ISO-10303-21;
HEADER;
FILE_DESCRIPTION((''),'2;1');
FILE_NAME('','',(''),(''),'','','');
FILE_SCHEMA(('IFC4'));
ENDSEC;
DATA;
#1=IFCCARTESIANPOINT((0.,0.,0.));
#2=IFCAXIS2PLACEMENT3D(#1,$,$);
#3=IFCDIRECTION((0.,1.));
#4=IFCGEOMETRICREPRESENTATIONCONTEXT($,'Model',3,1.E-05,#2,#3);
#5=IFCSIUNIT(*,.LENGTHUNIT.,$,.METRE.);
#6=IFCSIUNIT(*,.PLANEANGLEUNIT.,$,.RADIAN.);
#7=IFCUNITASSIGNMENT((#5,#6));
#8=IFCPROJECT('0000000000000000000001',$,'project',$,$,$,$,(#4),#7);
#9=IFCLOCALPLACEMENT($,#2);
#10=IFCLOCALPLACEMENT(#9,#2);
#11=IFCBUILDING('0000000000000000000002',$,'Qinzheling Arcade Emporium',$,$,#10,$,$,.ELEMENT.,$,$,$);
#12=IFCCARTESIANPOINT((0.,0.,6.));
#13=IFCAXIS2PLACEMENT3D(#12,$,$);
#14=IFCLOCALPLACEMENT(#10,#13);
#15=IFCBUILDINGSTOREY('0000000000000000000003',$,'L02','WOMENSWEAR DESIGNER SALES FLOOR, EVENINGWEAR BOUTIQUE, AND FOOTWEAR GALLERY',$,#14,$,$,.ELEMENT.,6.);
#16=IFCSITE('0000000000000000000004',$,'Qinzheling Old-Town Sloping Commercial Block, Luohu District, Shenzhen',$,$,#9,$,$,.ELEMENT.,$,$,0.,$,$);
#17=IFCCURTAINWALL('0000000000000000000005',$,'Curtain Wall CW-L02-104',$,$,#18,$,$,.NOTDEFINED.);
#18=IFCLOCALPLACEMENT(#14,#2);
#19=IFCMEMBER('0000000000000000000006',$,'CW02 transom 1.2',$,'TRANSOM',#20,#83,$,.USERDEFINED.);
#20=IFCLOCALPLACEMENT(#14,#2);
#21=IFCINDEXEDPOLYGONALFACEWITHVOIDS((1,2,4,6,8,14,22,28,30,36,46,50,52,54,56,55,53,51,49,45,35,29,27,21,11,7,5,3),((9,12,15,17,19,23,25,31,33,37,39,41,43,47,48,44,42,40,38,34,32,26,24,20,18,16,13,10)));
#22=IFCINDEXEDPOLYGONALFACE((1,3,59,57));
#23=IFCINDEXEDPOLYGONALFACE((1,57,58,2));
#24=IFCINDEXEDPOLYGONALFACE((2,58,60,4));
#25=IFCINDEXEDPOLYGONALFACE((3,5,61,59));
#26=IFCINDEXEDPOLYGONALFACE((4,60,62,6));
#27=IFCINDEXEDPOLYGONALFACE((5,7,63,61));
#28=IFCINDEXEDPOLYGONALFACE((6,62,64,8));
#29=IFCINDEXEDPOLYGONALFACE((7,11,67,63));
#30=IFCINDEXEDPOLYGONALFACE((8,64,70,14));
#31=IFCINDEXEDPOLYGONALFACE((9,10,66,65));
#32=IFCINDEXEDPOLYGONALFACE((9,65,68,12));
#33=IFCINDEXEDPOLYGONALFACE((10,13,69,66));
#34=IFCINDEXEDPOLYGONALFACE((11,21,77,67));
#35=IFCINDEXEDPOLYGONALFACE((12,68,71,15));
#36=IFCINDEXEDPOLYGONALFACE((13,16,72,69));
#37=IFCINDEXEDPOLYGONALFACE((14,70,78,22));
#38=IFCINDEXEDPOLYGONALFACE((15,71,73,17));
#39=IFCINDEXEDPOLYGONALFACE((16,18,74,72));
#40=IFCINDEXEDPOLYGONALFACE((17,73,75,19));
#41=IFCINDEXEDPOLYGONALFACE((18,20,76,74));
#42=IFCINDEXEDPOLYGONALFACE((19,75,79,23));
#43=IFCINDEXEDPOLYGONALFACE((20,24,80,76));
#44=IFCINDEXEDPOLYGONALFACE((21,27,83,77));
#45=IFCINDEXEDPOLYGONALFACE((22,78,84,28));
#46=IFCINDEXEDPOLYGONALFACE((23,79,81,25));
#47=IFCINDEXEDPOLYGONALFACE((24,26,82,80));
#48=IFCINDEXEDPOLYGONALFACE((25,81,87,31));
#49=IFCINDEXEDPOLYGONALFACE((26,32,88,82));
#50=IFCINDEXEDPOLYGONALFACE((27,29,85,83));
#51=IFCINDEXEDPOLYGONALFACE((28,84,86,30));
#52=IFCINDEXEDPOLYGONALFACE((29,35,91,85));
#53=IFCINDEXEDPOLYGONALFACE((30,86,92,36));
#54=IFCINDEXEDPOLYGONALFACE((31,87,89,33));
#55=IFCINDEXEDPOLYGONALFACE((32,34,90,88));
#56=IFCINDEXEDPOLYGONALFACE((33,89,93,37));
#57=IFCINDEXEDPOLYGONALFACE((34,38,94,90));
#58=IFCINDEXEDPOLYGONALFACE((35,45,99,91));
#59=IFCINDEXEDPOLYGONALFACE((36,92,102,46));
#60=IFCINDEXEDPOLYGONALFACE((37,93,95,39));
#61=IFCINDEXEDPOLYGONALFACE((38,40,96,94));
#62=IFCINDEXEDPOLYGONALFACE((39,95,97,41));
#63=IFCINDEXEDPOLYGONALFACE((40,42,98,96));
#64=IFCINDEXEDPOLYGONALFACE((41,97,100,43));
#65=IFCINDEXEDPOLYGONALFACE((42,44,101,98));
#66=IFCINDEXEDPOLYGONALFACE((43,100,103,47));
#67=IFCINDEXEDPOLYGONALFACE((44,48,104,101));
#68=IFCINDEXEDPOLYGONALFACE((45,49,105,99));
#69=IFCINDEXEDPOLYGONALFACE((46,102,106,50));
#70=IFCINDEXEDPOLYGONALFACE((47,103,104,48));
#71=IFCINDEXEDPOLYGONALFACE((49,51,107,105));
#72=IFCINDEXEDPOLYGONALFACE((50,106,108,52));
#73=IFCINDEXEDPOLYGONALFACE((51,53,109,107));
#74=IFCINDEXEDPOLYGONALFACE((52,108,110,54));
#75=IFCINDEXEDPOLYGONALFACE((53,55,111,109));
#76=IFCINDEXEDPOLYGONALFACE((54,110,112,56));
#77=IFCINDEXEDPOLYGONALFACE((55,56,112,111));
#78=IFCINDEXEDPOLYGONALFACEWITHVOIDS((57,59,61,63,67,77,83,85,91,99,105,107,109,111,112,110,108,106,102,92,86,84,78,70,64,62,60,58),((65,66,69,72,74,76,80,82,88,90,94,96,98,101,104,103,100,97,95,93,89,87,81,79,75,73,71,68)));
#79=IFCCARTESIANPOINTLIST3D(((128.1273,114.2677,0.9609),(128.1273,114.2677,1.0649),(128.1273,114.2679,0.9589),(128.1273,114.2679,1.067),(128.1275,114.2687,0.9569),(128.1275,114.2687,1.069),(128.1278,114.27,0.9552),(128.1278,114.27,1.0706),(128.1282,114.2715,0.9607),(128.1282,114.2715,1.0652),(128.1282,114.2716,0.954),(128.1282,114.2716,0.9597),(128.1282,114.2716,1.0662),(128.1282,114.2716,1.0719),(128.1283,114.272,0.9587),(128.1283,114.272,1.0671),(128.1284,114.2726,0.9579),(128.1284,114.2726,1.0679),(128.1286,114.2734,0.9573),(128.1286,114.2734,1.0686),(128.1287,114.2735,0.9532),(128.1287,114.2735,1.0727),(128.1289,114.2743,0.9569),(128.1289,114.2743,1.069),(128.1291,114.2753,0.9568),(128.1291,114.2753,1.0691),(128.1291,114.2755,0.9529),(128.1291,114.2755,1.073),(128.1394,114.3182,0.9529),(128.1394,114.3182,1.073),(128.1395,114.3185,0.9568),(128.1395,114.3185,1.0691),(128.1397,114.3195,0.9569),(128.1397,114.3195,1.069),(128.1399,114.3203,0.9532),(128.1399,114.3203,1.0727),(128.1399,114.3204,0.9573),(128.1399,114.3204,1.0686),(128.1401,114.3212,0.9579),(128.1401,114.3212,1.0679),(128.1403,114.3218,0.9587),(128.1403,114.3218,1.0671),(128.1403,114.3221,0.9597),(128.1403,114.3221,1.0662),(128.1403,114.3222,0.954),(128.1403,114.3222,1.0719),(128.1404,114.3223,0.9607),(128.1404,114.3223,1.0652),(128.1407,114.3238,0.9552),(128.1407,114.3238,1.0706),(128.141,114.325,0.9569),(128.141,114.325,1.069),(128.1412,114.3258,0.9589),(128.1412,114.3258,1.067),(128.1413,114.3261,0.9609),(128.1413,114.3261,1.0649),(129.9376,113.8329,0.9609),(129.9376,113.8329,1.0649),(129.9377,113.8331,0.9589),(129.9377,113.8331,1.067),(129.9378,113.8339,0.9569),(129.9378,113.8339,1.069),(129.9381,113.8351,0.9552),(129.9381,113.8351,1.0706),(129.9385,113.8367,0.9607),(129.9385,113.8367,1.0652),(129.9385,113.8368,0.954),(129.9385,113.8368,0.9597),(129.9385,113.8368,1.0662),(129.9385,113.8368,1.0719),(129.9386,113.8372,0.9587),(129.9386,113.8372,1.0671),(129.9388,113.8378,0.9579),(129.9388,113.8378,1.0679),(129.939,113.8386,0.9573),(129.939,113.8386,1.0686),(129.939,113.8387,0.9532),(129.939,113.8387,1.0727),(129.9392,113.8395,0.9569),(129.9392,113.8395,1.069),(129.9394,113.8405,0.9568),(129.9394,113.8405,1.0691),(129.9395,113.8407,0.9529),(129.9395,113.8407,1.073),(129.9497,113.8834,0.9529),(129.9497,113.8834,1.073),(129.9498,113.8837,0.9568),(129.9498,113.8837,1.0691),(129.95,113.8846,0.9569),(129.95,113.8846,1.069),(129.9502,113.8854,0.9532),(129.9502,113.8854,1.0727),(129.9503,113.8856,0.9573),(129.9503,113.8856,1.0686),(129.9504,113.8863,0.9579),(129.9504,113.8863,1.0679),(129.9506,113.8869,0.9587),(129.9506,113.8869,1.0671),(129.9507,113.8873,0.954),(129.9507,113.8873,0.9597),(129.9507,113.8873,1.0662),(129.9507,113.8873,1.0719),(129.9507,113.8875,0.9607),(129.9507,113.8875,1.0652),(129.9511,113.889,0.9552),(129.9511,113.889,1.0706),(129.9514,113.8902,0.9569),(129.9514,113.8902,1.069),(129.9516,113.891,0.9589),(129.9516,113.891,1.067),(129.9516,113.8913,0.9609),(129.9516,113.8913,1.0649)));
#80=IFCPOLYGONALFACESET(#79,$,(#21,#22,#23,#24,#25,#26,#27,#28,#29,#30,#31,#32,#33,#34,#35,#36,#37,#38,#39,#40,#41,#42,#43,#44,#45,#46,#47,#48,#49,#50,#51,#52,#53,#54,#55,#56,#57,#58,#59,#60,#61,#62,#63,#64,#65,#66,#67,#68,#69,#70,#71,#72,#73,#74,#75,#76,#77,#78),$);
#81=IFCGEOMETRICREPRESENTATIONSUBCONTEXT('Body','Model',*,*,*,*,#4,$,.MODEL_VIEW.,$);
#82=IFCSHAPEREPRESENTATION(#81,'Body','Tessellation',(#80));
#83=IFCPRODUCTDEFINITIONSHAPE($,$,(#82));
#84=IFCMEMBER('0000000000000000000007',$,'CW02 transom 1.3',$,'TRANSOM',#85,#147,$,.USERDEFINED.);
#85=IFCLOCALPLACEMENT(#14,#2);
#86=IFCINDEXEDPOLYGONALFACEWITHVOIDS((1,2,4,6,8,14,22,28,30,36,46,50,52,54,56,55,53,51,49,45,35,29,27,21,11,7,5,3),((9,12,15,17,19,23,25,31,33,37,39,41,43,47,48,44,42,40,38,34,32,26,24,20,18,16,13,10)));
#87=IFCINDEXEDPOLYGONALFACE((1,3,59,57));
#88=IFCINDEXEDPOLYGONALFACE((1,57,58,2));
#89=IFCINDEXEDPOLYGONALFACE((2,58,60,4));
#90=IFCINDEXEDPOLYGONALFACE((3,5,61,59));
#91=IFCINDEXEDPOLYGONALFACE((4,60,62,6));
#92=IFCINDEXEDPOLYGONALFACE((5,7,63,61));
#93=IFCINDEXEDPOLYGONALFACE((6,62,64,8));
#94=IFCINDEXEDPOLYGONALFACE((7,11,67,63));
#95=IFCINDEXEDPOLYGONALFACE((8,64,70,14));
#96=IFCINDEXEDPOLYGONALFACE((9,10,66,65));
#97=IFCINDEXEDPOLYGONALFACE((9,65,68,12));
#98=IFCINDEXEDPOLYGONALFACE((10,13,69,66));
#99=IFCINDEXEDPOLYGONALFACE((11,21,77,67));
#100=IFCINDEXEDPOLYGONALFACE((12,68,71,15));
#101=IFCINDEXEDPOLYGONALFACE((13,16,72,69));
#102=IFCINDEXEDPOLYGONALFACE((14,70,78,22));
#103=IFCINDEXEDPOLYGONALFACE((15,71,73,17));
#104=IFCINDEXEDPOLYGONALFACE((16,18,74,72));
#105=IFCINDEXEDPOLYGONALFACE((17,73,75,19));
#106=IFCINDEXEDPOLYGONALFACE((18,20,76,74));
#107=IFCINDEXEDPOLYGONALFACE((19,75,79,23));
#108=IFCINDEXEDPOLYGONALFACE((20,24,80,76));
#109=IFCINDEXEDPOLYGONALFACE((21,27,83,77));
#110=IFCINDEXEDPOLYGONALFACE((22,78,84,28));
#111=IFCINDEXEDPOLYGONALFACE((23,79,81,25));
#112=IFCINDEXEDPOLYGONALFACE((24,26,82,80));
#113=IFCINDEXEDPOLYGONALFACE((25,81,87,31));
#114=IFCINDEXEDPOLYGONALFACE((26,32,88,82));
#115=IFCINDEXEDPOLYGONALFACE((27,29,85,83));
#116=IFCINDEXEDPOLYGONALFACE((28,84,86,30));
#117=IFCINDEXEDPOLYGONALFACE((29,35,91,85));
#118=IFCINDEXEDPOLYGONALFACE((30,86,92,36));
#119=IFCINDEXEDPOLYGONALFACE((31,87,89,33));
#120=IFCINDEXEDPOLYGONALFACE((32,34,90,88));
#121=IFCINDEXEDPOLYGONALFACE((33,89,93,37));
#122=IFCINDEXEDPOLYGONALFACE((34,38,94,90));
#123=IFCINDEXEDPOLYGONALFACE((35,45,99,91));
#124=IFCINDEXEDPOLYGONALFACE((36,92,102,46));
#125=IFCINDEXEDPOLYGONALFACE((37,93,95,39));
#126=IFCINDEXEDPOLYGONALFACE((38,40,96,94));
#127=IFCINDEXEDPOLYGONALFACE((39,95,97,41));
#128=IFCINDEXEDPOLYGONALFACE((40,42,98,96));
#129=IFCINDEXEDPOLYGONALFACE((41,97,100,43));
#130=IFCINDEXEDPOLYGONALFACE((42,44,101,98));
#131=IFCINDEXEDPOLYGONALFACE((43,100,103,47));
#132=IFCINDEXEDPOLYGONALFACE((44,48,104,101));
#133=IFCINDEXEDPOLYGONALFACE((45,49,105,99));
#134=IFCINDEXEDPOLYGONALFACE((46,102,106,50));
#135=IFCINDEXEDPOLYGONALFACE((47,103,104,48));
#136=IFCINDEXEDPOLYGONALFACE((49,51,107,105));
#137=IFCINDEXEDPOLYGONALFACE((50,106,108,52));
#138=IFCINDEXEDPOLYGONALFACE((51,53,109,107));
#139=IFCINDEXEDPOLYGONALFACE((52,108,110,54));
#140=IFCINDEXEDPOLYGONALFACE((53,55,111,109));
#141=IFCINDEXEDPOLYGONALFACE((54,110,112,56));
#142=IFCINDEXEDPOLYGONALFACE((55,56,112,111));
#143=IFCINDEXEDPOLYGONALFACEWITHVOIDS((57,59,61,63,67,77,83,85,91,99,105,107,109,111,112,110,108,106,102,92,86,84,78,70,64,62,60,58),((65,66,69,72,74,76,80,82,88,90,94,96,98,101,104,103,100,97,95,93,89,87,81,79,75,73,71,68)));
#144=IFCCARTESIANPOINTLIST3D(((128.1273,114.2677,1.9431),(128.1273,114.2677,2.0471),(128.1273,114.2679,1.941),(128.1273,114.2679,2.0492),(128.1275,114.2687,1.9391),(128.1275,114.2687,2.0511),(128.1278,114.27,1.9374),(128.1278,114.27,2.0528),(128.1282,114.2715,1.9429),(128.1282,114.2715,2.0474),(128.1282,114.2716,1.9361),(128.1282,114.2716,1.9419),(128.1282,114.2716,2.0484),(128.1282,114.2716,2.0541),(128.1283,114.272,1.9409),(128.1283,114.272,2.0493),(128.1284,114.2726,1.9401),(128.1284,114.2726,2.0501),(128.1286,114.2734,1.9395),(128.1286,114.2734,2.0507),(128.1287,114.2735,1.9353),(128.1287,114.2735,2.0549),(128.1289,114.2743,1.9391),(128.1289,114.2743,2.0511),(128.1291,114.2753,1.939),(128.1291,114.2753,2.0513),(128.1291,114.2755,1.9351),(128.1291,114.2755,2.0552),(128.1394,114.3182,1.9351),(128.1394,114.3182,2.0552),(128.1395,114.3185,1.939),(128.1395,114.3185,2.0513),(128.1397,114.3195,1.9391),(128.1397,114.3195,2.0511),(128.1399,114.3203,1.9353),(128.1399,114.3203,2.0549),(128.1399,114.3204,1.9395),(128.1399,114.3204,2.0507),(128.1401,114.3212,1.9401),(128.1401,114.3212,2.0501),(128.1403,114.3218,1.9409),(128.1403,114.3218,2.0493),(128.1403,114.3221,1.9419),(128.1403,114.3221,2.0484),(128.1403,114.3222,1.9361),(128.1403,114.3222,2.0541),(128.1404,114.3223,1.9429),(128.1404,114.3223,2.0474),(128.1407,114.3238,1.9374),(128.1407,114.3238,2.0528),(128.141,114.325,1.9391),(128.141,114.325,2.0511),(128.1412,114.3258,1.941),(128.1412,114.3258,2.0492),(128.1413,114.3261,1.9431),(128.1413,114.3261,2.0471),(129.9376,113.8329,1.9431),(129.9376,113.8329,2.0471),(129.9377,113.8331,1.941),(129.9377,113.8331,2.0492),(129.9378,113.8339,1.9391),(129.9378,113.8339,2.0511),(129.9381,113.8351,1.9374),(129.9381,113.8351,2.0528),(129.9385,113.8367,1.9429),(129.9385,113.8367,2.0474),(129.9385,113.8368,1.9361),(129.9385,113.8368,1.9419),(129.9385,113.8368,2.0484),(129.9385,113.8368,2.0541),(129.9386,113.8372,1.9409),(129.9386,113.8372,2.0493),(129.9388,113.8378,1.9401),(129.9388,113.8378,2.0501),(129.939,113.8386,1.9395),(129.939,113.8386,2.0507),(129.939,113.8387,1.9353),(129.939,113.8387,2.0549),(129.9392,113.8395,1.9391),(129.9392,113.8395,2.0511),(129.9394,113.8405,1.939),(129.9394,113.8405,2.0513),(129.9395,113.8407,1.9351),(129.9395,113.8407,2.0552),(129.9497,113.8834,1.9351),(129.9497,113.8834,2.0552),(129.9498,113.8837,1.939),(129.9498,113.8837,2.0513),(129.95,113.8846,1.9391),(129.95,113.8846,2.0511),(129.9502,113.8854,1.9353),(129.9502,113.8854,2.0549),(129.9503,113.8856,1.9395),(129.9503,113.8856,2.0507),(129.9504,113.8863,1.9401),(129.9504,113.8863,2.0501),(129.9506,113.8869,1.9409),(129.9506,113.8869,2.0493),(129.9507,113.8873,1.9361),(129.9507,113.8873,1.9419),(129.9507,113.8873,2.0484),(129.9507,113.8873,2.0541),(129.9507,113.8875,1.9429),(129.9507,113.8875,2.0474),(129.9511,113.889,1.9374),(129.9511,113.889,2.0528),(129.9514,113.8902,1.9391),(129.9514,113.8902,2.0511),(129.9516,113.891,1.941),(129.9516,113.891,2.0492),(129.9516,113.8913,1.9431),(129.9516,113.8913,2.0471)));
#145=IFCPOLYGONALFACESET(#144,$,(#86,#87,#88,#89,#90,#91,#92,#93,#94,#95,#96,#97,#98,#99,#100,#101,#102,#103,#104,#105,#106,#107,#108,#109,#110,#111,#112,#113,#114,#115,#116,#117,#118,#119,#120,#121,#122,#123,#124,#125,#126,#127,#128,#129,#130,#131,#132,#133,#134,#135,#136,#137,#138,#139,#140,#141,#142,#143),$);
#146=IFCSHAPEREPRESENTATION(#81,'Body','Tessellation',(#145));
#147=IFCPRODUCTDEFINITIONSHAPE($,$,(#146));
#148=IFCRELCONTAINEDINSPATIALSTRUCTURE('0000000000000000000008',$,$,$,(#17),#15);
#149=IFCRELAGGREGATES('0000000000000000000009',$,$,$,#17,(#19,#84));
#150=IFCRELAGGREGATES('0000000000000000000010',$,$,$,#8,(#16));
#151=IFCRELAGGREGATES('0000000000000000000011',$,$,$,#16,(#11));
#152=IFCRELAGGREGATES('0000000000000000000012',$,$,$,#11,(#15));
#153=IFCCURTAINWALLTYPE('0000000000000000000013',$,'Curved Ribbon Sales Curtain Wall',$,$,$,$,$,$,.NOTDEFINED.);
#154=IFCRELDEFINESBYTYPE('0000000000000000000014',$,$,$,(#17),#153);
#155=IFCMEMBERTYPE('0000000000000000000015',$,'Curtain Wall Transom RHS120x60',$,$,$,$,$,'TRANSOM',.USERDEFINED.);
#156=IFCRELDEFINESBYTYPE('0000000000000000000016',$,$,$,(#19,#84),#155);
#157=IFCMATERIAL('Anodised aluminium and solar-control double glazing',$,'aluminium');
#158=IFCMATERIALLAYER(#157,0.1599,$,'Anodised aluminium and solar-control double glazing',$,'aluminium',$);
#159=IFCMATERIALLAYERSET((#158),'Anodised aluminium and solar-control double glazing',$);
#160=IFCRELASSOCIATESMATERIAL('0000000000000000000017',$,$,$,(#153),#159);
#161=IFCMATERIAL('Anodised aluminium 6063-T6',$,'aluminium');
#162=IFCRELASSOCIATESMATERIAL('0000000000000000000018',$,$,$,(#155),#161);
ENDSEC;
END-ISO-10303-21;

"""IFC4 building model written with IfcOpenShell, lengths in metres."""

from ifc_helpers import new_model, si_unit, direction, frame, origin, origin_2d, place, context, subcontext, project, spatial, hollow_rectangle, extrude, material, layer, layer_set, material_profile, profile_set, type_object, element, aggregate, save


model = new_model("IFC4")

# Units and contexts
model_context = context("Model", 3, precision=1e-05, world=origin(), true_north=direction((0.0, 1.0)))
body_context = subcontext(model_context, "Body", "Model", "MODEL_VIEW")
ifc_project = project(units=[si_unit("LENGTHUNIT", "METRE"), si_unit("PLANEANGLEUNIT", "RADIAN")], contexts=[model_context])

# Site, building, storey
site_placement = place(None, origin())
site = spatial("IfcSite", under=ifc_project, at=site_placement, Name="Qinzheling Old-Town Sloping Commercial Block, Luohu District, Shenzhen", CompositionType="ELEMENT", RefElevation=0.0)
building_placement = place(site_placement, origin())
building = spatial("IfcBuilding", under=site, at=building_placement, Name="Qinzheling Arcade Emporium", CompositionType="ELEMENT")
storey_placement = place(building_placement, frame((0.0, 0.0, 6.0)))
storey = spatial("IfcBuildingStorey", under=building, at=storey_placement, Name="L02", Description="WOMENSWEAR DESIGNER SALES FLOOR, EVENINGWEAR BOUTIQUE, AND FOOTWEAR GALLERY", CompositionType="ELEMENT", Elevation=6.0)

# Shared definitions
ifc_material_1 = material(Name="Anodised aluminium and solar-control double glazing", Category="aluminium")
ifc_layer_1 = layer(ifc_material_1, 0.1599, Name="Anodised aluminium and solar-control double glazing", Category="aluminium")
ifc_layer_set_1 = layer_set([ifc_layer_1], Name="Anodised aluminium and solar-control double glazing")
curtain_wall_type = type_object("IfcCurtainWallType", Name="Curved Ribbon Sales Curtain Wall", PredefinedType="NOTDEFINED", material=ifc_layer_set_1)
ifc_material_2 = material(Name="Anodised aluminium 6063-T6", Category="aluminium")

# Curtain wall
curtain_wall_1_placement = place(storey_placement, origin())
curtain_wall_1 = element("IfcCurtainWall", 1, at=curtain_wall_1_placement, inside=storey, type_object=curtain_wall_type, Name="Curtain Wall CW-L02-104", PredefinedType="NOTDEFINED")

# Members
ifc_material_profile_1 = material_profile(ifc_material_2, hollow_rectangle(XDim=0.0601, YDim=0.1201, WallThickness=0.0039, InnerFilletRadius=0.0039, OuterFilletRadius=0.0081, at=origin_2d()), Name="RHS 120x60x4", Category="aluminium")
ifc_profile_set_1 = profile_set([ifc_material_profile_1], Name="Anodised aluminium 6063-T6")
member_type_1 = type_object("IfcMemberType", Name="Curtain Wall Transom RHS120x60", ElementType="TRANSOM", PredefinedType="USERDEFINED", material=ifc_profile_set_1)
member_1_placement = place(storey_placement, frame((128.1343, 114.2969, 1.0129), z_axis=(0.972346, -0.233547, 0.0), x_axis=(0.233547, 0.972346, 0.0)))
member_1 = element("IfcMember", 2, at=member_1_placement, type_object=member_type_1, Name="CW02 transom 1.2", ObjectType="TRANSOM", PredefinedType="USERDEFINED", context=body_context, shape_type="SweptSolid", body=[
    extrude(hollow_rectangle(XDim=0.0601, YDim=0.1201, WallThickness=0.0039, InnerFilletRadius=0.0039, OuterFilletRadius=0.0081, at=origin_2d()), origin(), (0.0, 0.0, 1.0), 1.8618),
])
member_2_placement = place(storey_placement, frame((128.1343, 114.2969, 1.9951), z_axis=(0.972346, -0.233547, 0.0), x_axis=(0.233547, 0.972346, 0.0)))
member_2 = element("IfcMember", 3, at=member_2_placement, type_object=member_type_1, Name="CW02 transom 1.3", ObjectType="TRANSOM", PredefinedType="USERDEFINED", context=body_context, shape_type="SweptSolid", body=[
    extrude(hollow_rectangle(XDim=0.0601, YDim=0.1201, WallThickness=0.0039, InnerFilletRadius=0.0039, OuterFilletRadius=0.0081, at=origin_2d()), origin(), (0.0, 0.0, 1.0), 1.8618),
])

aggregate(curtain_wall_1, [member_1, member_2])

save(model, "model.ifc")
